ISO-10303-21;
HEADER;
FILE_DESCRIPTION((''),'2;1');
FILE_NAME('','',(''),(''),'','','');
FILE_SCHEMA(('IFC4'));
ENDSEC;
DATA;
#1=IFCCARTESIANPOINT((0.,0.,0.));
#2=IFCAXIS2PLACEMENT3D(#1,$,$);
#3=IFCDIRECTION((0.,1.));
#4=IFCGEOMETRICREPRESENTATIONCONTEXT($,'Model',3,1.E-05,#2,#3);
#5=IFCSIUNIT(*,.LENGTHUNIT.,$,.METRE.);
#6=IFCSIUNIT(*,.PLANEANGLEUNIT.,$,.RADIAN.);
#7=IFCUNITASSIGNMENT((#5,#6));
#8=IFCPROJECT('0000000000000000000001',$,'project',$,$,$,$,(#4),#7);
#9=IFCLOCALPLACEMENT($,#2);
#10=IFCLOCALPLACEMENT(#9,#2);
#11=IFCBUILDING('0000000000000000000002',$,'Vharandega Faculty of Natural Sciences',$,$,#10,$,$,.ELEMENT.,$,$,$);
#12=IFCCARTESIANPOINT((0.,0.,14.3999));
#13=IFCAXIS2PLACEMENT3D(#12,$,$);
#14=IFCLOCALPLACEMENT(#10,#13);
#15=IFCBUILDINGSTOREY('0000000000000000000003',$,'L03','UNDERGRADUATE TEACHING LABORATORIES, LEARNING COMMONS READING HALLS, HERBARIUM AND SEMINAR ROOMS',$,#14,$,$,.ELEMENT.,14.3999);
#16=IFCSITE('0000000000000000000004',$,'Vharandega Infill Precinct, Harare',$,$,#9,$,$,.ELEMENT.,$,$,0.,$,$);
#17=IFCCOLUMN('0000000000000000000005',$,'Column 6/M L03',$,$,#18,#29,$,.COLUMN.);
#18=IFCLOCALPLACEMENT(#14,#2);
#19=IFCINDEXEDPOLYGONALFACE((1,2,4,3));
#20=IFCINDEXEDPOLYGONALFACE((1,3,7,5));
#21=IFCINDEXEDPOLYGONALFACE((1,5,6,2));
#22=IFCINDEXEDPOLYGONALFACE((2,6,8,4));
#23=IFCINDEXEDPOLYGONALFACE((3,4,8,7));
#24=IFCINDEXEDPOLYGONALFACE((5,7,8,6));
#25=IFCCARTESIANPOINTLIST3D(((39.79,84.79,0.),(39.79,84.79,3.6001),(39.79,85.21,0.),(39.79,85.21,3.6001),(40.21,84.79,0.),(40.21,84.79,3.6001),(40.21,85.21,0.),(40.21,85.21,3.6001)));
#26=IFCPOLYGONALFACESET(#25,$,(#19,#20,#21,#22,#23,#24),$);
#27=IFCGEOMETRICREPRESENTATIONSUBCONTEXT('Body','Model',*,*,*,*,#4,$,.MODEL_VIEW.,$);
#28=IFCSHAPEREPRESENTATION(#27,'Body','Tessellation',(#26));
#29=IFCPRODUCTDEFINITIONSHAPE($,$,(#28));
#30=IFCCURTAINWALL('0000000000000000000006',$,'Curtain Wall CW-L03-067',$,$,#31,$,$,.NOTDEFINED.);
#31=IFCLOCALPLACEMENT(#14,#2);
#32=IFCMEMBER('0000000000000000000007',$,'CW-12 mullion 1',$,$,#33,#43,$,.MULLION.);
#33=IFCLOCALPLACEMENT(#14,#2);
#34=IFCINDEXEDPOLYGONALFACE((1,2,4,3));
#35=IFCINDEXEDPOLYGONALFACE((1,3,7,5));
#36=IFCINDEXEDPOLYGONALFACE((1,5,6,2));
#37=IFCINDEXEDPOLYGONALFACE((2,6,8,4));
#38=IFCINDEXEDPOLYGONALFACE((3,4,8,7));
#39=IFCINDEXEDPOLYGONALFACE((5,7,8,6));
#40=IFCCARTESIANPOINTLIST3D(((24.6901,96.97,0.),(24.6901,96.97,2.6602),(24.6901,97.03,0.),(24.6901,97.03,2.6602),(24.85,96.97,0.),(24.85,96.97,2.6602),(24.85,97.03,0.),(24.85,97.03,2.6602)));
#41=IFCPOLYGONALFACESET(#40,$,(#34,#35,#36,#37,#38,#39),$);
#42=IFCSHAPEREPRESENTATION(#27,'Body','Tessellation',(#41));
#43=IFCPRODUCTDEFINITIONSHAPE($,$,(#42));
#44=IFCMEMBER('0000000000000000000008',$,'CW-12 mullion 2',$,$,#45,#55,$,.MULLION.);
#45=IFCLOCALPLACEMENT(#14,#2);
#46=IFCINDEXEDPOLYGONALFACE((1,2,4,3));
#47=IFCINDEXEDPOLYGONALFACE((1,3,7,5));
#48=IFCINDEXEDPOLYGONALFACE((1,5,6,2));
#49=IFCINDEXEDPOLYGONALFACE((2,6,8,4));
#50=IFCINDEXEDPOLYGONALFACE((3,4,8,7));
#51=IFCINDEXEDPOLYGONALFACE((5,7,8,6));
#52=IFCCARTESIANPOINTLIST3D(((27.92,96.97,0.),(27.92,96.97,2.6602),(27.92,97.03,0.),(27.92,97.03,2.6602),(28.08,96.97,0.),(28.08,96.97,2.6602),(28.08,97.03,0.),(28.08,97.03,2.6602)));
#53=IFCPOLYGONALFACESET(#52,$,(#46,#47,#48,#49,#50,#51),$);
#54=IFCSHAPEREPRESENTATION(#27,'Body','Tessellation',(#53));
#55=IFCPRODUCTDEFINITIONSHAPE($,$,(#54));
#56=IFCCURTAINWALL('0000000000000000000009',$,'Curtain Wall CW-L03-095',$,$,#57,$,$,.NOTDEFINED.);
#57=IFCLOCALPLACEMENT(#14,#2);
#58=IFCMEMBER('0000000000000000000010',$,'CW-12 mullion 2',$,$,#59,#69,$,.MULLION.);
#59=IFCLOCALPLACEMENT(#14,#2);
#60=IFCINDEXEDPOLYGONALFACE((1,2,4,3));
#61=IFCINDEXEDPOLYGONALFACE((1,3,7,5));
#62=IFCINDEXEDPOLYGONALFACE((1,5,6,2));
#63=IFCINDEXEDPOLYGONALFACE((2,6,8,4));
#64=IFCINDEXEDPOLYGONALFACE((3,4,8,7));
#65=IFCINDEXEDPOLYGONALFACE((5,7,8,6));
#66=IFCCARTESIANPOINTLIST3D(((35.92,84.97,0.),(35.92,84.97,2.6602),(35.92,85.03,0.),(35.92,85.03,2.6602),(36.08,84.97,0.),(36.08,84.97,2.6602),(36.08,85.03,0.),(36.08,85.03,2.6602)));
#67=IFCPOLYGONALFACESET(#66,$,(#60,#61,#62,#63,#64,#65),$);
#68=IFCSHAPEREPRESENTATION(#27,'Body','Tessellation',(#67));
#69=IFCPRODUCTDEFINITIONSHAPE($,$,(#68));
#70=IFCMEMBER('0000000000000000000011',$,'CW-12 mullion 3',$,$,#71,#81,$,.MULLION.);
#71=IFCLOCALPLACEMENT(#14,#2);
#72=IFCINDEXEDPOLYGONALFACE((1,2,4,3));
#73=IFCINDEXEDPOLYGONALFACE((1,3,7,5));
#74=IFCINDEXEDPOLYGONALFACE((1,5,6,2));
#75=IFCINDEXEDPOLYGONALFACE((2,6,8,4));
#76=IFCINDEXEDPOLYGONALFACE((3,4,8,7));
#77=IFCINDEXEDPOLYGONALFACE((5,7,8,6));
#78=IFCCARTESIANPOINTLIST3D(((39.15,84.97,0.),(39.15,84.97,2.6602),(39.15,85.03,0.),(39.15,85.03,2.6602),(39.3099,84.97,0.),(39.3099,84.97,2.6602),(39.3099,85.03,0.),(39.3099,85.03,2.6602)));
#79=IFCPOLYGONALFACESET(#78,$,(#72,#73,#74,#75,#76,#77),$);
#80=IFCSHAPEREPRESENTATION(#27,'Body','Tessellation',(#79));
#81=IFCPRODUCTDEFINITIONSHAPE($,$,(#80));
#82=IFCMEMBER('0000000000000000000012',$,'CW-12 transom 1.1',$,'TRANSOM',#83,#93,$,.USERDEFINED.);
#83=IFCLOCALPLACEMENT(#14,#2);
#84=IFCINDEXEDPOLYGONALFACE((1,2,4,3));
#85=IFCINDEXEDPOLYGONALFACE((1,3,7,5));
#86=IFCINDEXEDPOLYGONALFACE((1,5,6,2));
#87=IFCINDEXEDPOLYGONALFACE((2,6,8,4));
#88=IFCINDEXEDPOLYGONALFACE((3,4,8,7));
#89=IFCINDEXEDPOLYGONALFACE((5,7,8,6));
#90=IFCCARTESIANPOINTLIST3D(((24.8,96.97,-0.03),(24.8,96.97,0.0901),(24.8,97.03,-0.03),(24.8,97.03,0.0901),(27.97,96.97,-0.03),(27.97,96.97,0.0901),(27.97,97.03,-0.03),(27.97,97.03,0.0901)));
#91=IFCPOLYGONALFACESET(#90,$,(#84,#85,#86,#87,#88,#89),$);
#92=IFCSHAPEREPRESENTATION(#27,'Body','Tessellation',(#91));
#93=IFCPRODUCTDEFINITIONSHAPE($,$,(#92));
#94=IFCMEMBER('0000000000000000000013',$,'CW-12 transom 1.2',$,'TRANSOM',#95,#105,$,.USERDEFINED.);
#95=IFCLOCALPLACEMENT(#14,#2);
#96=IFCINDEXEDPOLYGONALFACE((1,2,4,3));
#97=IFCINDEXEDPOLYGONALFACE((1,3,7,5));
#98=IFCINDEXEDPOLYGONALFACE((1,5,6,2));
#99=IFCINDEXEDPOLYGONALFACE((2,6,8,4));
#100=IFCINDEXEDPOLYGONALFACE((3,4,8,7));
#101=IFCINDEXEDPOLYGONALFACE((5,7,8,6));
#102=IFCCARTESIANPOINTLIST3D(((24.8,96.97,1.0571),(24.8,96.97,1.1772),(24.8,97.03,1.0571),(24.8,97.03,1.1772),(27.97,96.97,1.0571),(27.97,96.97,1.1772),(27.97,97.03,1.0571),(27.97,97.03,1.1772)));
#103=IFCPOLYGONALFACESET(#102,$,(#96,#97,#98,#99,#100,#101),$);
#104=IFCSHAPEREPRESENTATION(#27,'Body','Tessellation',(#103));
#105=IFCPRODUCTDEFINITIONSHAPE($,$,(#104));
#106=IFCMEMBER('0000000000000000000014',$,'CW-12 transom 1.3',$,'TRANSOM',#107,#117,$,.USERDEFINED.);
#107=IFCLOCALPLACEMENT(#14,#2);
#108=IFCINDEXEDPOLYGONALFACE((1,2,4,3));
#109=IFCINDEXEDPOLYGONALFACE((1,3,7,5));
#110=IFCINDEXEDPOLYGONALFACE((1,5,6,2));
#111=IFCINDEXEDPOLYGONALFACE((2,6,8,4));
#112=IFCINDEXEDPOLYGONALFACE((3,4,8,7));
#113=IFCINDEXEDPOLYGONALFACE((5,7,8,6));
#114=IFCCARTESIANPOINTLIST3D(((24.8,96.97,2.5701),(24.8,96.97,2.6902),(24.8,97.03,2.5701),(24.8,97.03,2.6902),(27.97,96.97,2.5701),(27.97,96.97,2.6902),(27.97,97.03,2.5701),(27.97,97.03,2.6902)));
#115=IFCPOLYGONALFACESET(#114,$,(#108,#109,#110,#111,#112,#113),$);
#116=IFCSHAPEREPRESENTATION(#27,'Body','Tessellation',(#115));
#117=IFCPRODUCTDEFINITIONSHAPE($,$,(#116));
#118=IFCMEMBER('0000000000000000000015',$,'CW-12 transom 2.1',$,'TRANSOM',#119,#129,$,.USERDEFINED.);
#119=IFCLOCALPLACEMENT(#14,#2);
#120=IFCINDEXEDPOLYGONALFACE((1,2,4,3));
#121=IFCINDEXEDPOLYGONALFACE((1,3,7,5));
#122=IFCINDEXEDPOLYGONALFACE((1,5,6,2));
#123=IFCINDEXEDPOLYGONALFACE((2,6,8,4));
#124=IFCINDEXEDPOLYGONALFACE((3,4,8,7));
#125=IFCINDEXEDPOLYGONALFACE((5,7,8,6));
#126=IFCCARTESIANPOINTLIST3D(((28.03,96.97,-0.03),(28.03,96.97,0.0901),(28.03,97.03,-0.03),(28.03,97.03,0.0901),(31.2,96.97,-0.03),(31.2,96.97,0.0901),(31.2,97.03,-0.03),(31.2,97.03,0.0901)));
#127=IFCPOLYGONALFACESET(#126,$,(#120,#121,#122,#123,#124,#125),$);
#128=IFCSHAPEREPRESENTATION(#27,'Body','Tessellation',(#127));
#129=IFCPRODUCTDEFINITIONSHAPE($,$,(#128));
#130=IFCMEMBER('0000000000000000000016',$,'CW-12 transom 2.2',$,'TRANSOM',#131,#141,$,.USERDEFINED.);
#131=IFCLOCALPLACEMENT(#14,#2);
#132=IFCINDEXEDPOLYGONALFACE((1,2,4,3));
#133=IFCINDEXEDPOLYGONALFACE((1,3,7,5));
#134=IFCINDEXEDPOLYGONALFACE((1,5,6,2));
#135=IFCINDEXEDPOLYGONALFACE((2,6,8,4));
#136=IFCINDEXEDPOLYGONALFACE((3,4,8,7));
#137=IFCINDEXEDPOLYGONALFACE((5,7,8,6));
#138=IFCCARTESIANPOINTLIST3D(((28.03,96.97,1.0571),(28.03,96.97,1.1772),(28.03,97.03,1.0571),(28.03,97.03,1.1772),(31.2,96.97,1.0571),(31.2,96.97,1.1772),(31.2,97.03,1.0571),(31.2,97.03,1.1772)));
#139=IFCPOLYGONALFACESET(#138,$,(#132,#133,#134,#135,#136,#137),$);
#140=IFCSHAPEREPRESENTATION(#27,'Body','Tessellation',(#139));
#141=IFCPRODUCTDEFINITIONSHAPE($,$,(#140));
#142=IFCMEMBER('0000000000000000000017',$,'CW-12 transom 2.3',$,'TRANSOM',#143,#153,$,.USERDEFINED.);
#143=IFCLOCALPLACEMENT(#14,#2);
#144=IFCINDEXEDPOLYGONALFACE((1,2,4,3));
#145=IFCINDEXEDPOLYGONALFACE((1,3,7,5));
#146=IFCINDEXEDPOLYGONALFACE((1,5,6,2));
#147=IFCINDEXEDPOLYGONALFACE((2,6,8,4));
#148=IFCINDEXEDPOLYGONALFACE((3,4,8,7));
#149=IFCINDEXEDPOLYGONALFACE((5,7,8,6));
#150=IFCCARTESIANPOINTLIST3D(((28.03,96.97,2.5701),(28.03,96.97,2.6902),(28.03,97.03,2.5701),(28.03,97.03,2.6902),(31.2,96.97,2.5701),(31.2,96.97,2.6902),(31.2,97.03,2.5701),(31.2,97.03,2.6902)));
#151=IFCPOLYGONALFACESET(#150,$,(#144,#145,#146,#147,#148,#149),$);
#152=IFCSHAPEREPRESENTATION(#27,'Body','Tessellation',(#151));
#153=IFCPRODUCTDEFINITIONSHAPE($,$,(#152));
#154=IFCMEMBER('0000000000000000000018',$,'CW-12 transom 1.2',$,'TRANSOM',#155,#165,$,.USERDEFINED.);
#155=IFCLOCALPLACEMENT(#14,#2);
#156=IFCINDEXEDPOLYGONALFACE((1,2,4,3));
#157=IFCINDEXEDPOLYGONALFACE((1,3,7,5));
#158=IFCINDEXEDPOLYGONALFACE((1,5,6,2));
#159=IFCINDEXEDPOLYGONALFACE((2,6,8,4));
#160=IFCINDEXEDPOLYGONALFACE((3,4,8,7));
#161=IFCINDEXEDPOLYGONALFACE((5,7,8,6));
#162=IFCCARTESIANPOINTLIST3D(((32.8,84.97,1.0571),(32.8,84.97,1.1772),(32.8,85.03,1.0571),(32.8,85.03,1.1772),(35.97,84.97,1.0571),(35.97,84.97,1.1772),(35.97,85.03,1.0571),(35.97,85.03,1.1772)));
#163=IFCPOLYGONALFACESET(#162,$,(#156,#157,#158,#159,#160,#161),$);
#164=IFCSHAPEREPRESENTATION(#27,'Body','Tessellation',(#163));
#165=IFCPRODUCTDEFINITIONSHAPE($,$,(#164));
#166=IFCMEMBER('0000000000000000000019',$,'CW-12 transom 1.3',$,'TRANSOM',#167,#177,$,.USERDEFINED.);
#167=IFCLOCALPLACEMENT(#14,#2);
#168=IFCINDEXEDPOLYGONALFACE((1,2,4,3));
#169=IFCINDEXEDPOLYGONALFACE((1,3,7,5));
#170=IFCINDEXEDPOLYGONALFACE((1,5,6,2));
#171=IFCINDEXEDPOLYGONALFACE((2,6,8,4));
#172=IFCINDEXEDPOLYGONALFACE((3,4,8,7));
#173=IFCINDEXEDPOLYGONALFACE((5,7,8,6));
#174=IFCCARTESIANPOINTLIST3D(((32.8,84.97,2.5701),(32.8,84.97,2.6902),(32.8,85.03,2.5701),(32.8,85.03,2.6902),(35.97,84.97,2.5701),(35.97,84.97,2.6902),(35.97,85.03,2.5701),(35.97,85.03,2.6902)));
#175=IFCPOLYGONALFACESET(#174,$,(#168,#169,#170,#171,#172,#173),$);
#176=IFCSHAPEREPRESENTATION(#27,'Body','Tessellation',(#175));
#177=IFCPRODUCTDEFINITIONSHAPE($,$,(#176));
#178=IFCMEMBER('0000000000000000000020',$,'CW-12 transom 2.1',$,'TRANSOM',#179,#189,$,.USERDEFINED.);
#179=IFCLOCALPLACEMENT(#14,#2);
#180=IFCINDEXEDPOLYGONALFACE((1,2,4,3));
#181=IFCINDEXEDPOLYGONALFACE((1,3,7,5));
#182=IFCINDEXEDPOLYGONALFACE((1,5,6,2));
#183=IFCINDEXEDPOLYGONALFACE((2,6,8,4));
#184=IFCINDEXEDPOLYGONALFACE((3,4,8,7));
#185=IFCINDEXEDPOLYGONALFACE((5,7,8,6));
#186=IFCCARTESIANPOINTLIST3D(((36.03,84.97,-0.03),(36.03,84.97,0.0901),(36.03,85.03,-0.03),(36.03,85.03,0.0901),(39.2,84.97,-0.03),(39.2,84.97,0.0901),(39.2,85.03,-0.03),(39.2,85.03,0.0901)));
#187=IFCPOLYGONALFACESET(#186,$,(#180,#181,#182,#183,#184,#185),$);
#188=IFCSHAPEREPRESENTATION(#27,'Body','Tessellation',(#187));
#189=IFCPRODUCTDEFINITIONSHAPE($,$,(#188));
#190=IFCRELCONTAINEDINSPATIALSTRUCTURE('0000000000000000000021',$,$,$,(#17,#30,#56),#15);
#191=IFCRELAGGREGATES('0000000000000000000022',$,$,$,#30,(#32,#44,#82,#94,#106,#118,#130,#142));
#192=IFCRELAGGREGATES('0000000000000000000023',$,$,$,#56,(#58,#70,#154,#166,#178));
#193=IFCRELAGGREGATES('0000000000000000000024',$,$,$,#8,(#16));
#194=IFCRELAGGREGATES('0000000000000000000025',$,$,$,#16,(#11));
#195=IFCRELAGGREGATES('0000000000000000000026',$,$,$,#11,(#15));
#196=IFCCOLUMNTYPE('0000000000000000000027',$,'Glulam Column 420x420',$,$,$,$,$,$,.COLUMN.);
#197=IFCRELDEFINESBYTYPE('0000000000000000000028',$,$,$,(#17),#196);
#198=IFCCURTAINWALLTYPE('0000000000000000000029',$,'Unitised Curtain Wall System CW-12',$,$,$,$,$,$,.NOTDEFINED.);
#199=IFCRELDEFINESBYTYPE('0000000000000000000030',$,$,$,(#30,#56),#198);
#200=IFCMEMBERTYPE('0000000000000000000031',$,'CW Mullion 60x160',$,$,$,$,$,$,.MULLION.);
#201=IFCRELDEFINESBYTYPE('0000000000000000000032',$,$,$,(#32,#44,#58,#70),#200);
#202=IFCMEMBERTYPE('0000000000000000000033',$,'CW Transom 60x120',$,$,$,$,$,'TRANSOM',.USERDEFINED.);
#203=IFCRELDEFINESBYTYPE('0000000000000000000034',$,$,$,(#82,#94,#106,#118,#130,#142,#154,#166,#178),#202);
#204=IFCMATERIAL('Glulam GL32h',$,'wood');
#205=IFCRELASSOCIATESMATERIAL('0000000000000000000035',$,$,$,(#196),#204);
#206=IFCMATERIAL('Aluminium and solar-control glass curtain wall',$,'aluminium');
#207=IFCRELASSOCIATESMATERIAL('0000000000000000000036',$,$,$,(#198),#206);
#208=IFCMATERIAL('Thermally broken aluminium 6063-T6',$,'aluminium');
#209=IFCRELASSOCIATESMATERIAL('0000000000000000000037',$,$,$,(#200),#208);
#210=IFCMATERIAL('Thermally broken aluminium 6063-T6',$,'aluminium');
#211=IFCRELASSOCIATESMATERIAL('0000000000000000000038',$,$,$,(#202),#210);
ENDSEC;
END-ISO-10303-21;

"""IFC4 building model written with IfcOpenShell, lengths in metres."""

from ifc_helpers import new_model, si_unit, direction, frame, origin, origin_2d, place, context, subcontext, project, spatial, rectangle, extrude, material, material_profile, profile_set, type_object, element, aggregate, save


model = new_model("IFC4")

# Units and contexts
model_context = context("Model", 3, precision=1e-05, world=origin(), true_north=direction((0.0, 1.0)))
body_context = subcontext(model_context, "Body", "Model", "MODEL_VIEW")
ifc_project = project(units=[si_unit("LENGTHUNIT", "METRE"), si_unit("PLANEANGLEUNIT", "RADIAN")], contexts=[model_context])

# Site, building, storey
site_placement = place(None, origin())
site = spatial("IfcSite", under=ifc_project, at=site_placement, Name="Vharandega Infill Precinct, Harare", CompositionType="ELEMENT", RefElevation=0.0)
building_placement = place(site_placement, origin())
building = spatial("IfcBuilding", under=site, at=building_placement, Name="Vharandega Faculty of Natural Sciences", CompositionType="ELEMENT")
storey_placement = place(building_placement, frame((0.0, 0.0, 14.3999)))
storey = spatial("IfcBuildingStorey", under=building, at=storey_placement, Name="L03", Description="UNDERGRADUATE TEACHING LABORATORIES, LEARNING COMMONS READING HALLS, HERBARIUM AND SEMINAR ROOMS", CompositionType="ELEMENT", Elevation=14.3999)

# Column
ifc_material_1 = material(Name="Glulam GL32h", Category="wood")
ifc_material_profile_1 = material_profile(ifc_material_1, rectangle(XDim=0.4199, YDim=0.4199, at=origin_2d()), Name="GL32h 420x420")
ifc_profile_set_1 = profile_set([ifc_material_profile_1], Name="Glulam GL32h")
column_type = type_object("IfcColumnType", Name="Glulam Column 420x420", PredefinedType="COLUMN", material=ifc_profile_set_1)
column_placement = place(storey_placement, frame((40.0, 85.0, 0.0), z_axis=(0.0, 0.0, 1.0), x_axis=(1.0, 0.0, 0.0)))
element("IfcColumn", 1, at=column_placement, inside=storey, type_object=column_type, Name="Column 6/M L03", PredefinedType="COLUMN", context=body_context, shape_type="SweptSolid", body=[
    extrude(rectangle(XDim=0.4199, YDim=0.4199, at=origin_2d()), origin(), (0.0, 0.0, 1.0), 3.6001),
])

# Curtain walls, members
ifc_material_2 = material(Name="Aluminium and solar-control glass curtain wall", Category="aluminium")
curtain_wall_type = type_object("IfcCurtainWallType", Name="Unitised Curtain Wall System CW-12", PredefinedType="NOTDEFINED", material=ifc_material_2)
curtain_wall_1_placement = place(storey_placement, origin())
curtain_wall_1 = element("IfcCurtainWall", 2, at=curtain_wall_1_placement, inside=storey, type_object=curtain_wall_type, Name="Curtain Wall CW-L03-067", PredefinedType="NOTDEFINED")
ifc_material_3 = material(Name="Thermally broken aluminium 6063-T6", Category="aluminium")
ifc_material_profile_2 = material_profile(ifc_material_3, rectangle(XDim=0.0601, YDim=0.1599, at=origin_2d()), Name="ALU 60x160")
ifc_profile_set_2 = profile_set([ifc_material_profile_2], Name="Thermally broken aluminium 6063-T6")
member_type_1 = type_object("IfcMemberType", Name="CW Mullion 60x160", PredefinedType="MULLION", material=ifc_profile_set_2)
member_1_placement = place(storey_placement, frame((24.77, 97.0, 0.0), z_axis=(0.0, 0.0, 1.0), x_axis=(0.0, 1.0, 0.0)))
member_1 = element("IfcMember", 3, at=member_1_placement, type_object=member_type_1, Name="CW-12 mullion 1", PredefinedType="MULLION", context=body_context, shape_type="SweptSolid", body=[
    extrude(rectangle(XDim=0.0601, YDim=0.1599, at=origin_2d()), origin(), (0.0, 0.0, 1.0), 2.6602),
])
member_2_placement = place(storey_placement, frame((28.0, 97.0, 0.0), z_axis=(0.0, 0.0, 1.0), x_axis=(0.0, 1.0, 0.0)))
member_2 = element("IfcMember", 4, at=member_2_placement, type_object=member_type_1, Name="CW-12 mullion 2", PredefinedType="MULLION", context=body_context, shape_type="SweptSolid", body=[
    extrude(rectangle(XDim=0.0601, YDim=0.1599, at=origin_2d()), origin(), (0.0, 0.0, 1.0), 2.6602),
])
curtain_wall_2_placement = place(storey_placement, origin())
curtain_wall_2 = element("IfcCurtainWall", 5, at=curtain_wall_2_placement, inside=storey, type_object=curtain_wall_type, Name="Curtain Wall CW-L03-095", PredefinedType="NOTDEFINED")
member_3_placement = place(storey_placement, frame((36.0, 85.0, 0.0), z_axis=(0.0, 0.0, 1.0), x_axis=(0.0, 1.0, 0.0)))
member_3 = element("IfcMember", 6, at=member_3_placement, type_object=member_type_1, Name="CW-12 mullion 2", PredefinedType="MULLION", context=body_context, shape_type="SweptSolid", body=[
    extrude(rectangle(XDim=0.0601, YDim=0.1599, at=origin_2d()), origin(), (0.0, 0.0, 1.0), 2.6602),
])
member_4_placement = place(storey_placement, frame((39.23, 85.0, 0.0), z_axis=(0.0, 0.0, 1.0), x_axis=(0.0, 1.0, 0.0)))
member_4 = element("IfcMember", 7, at=member_4_placement, type_object=member_type_1, Name="CW-12 mullion 3", PredefinedType="MULLION", context=body_context, shape_type="SweptSolid", body=[
    extrude(rectangle(XDim=0.0601, YDim=0.1599, at=origin_2d()), origin(), (0.0, 0.0, 1.0), 2.6602),
])

# Members
ifc_material_4 = material(Name="Thermally broken aluminium 6063-T6", Category="aluminium")
ifc_material_profile_3 = material_profile(ifc_material_4, rectangle(XDim=0.0601, YDim=0.1201, at=origin_2d()), Name="ALU 60x120")
ifc_profile_set_3 = profile_set([ifc_material_profile_3], Name="Thermally broken aluminium 6063-T6")
member_type_2 = type_object("IfcMemberType", Name="CW Transom 60x120", ElementType="TRANSOM", PredefinedType="USERDEFINED", material=ifc_profile_set_3)
member_5_placement = place(storey_placement, frame((24.8, 97.0, 0.03), z_axis=(1.0, 0.0, 0.0), x_axis=(0.0, 1.0, 0.0)))
member_5 = element("IfcMember", 8, at=member_5_placement, type_object=member_type_2, Name="CW-12 transom 1.1", ObjectType="TRANSOM", PredefinedType="USERDEFINED", context=body_context, shape_type="SweptSolid", body=[
    extrude(rectangle(XDim=0.0601, YDim=0.1201, at=origin_2d()), origin(), (0.0, 0.0, 1.0), 3.1699),
])
member_6_placement = place(storey_placement, frame((24.8, 97.0, 1.1172), z_axis=(1.0, 0.0, 0.0), x_axis=(0.0, 1.0, 0.0)))
member_6 = element("IfcMember", 9, at=member_6_placement, type_object=member_type_2, Name="CW-12 transom 1.2", ObjectType="TRANSOM", PredefinedType="USERDEFINED", context=body_context, shape_type="SweptSolid", body=[
    extrude(rectangle(XDim=0.0601, YDim=0.1201, at=origin_2d()), origin(), (0.0, 0.0, 1.0), 3.1699),
])
member_7_placement = place(storey_placement, frame((24.8, 97.0, 2.6301), z_axis=(1.0, 0.0, 0.0), x_axis=(0.0, 1.0, 0.0)))
member_7 = element("IfcMember", 10, at=member_7_placement, type_object=member_type_2, Name="CW-12 transom 1.3", ObjectType="TRANSOM", PredefinedType="USERDEFINED", context=body_context, shape_type="SweptSolid", body=[
    extrude(rectangle(XDim=0.0601, YDim=0.1201, at=origin_2d()), origin(), (0.0, 0.0, 1.0), 3.1699),
])
member_8_placement = place(storey_placement, frame((28.03, 97.0, 0.03), z_axis=(1.0, 0.0, 0.0), x_axis=(0.0, 1.0, 0.0)))
member_8 = element("IfcMember", 11, at=member_8_placement, type_object=member_type_2, Name="CW-12 transom 2.1", ObjectType="TRANSOM", PredefinedType="USERDEFINED", context=body_context, shape_type="SweptSolid", body=[
    extrude(rectangle(XDim=0.0601, YDim=0.1201, at=origin_2d()), origin(), (0.0, 0.0, 1.0), 3.1699),
])
member_9_placement = place(storey_placement, frame((28.03, 97.0, 1.1172), z_axis=(1.0, 0.0, 0.0), x_axis=(0.0, 1.0, 0.0)))
member_9 = element("IfcMember", 12, at=member_9_placement, type_object=member_type_2, Name="CW-12 transom 2.2", ObjectType="TRANSOM", PredefinedType="USERDEFINED", context=body_context, shape_type="SweptSolid", body=[
    extrude(rectangle(XDim=0.0601, YDim=0.1201, at=origin_2d()), origin(), (0.0, 0.0, 1.0), 3.1699),
])
member_10_placement = place(storey_placement, frame((28.03, 97.0, 2.6301), z_axis=(1.0, 0.0, 0.0), x_axis=(0.0, 1.0, 0.0)))
member_10 = element("IfcMember", 13, at=member_10_placement, type_object=member_type_2, Name="CW-12 transom 2.3", ObjectType="TRANSOM", PredefinedType="USERDEFINED", context=body_context, shape_type="SweptSolid", body=[
    extrude(rectangle(XDim=0.0601, YDim=0.1201, at=origin_2d()), origin(), (0.0, 0.0, 1.0), 3.1699),
])
member_11_placement = place(storey_placement, frame((32.8, 85.0, 1.1172), z_axis=(1.0, 0.0, 0.0), x_axis=(0.0, 1.0, 0.0)))
member_11 = element("IfcMember", 14, at=member_11_placement, type_object=member_type_2, Name="CW-12 transom 1.2", ObjectType="TRANSOM", PredefinedType="USERDEFINED", context=body_context, shape_type="SweptSolid", body=[
    extrude(rectangle(XDim=0.0601, YDim=0.1201, at=origin_2d()), origin(), (0.0, 0.0, 1.0), 3.1699),
])
member_12_placement = place(storey_placement, frame((32.8, 85.0, 2.6301), z_axis=(1.0, 0.0, 0.0), x_axis=(0.0, 1.0, 0.0)))
member_12 = element("IfcMember", 15, at=member_12_placement, type_object=member_type_2, Name="CW-12 transom 1.3", ObjectType="TRANSOM", PredefinedType="USERDEFINED", context=body_context, shape_type="SweptSolid", body=[
    extrude(rectangle(XDim=0.0601, YDim=0.1201, at=origin_2d()), origin(), (0.0, 0.0, 1.0), 3.1699),
])
member_13_placement = place(storey_placement, frame((36.03, 85.0, 0.03), z_axis=(1.0, 0.0, 0.0), x_axis=(0.0, 1.0, 0.0)))
member_13 = element("IfcMember", 16, at=member_13_placement, type_object=member_type_2, Name="CW-12 transom 2.1", ObjectType="TRANSOM", PredefinedType="USERDEFINED", context=body_context, shape_type="SweptSolid", body=[
    extrude(rectangle(XDim=0.0601, YDim=0.1201, at=origin_2d()), origin(), (0.0, 0.0, 1.0), 3.1699),
])

aggregate(curtain_wall_1, [member_1, member_2, member_5, member_6, member_7, member_8, member_9, member_10])
aggregate(curtain_wall_2, [member_3, member_4, member_11, member_12, member_13])

save(model, "model.ifc")
